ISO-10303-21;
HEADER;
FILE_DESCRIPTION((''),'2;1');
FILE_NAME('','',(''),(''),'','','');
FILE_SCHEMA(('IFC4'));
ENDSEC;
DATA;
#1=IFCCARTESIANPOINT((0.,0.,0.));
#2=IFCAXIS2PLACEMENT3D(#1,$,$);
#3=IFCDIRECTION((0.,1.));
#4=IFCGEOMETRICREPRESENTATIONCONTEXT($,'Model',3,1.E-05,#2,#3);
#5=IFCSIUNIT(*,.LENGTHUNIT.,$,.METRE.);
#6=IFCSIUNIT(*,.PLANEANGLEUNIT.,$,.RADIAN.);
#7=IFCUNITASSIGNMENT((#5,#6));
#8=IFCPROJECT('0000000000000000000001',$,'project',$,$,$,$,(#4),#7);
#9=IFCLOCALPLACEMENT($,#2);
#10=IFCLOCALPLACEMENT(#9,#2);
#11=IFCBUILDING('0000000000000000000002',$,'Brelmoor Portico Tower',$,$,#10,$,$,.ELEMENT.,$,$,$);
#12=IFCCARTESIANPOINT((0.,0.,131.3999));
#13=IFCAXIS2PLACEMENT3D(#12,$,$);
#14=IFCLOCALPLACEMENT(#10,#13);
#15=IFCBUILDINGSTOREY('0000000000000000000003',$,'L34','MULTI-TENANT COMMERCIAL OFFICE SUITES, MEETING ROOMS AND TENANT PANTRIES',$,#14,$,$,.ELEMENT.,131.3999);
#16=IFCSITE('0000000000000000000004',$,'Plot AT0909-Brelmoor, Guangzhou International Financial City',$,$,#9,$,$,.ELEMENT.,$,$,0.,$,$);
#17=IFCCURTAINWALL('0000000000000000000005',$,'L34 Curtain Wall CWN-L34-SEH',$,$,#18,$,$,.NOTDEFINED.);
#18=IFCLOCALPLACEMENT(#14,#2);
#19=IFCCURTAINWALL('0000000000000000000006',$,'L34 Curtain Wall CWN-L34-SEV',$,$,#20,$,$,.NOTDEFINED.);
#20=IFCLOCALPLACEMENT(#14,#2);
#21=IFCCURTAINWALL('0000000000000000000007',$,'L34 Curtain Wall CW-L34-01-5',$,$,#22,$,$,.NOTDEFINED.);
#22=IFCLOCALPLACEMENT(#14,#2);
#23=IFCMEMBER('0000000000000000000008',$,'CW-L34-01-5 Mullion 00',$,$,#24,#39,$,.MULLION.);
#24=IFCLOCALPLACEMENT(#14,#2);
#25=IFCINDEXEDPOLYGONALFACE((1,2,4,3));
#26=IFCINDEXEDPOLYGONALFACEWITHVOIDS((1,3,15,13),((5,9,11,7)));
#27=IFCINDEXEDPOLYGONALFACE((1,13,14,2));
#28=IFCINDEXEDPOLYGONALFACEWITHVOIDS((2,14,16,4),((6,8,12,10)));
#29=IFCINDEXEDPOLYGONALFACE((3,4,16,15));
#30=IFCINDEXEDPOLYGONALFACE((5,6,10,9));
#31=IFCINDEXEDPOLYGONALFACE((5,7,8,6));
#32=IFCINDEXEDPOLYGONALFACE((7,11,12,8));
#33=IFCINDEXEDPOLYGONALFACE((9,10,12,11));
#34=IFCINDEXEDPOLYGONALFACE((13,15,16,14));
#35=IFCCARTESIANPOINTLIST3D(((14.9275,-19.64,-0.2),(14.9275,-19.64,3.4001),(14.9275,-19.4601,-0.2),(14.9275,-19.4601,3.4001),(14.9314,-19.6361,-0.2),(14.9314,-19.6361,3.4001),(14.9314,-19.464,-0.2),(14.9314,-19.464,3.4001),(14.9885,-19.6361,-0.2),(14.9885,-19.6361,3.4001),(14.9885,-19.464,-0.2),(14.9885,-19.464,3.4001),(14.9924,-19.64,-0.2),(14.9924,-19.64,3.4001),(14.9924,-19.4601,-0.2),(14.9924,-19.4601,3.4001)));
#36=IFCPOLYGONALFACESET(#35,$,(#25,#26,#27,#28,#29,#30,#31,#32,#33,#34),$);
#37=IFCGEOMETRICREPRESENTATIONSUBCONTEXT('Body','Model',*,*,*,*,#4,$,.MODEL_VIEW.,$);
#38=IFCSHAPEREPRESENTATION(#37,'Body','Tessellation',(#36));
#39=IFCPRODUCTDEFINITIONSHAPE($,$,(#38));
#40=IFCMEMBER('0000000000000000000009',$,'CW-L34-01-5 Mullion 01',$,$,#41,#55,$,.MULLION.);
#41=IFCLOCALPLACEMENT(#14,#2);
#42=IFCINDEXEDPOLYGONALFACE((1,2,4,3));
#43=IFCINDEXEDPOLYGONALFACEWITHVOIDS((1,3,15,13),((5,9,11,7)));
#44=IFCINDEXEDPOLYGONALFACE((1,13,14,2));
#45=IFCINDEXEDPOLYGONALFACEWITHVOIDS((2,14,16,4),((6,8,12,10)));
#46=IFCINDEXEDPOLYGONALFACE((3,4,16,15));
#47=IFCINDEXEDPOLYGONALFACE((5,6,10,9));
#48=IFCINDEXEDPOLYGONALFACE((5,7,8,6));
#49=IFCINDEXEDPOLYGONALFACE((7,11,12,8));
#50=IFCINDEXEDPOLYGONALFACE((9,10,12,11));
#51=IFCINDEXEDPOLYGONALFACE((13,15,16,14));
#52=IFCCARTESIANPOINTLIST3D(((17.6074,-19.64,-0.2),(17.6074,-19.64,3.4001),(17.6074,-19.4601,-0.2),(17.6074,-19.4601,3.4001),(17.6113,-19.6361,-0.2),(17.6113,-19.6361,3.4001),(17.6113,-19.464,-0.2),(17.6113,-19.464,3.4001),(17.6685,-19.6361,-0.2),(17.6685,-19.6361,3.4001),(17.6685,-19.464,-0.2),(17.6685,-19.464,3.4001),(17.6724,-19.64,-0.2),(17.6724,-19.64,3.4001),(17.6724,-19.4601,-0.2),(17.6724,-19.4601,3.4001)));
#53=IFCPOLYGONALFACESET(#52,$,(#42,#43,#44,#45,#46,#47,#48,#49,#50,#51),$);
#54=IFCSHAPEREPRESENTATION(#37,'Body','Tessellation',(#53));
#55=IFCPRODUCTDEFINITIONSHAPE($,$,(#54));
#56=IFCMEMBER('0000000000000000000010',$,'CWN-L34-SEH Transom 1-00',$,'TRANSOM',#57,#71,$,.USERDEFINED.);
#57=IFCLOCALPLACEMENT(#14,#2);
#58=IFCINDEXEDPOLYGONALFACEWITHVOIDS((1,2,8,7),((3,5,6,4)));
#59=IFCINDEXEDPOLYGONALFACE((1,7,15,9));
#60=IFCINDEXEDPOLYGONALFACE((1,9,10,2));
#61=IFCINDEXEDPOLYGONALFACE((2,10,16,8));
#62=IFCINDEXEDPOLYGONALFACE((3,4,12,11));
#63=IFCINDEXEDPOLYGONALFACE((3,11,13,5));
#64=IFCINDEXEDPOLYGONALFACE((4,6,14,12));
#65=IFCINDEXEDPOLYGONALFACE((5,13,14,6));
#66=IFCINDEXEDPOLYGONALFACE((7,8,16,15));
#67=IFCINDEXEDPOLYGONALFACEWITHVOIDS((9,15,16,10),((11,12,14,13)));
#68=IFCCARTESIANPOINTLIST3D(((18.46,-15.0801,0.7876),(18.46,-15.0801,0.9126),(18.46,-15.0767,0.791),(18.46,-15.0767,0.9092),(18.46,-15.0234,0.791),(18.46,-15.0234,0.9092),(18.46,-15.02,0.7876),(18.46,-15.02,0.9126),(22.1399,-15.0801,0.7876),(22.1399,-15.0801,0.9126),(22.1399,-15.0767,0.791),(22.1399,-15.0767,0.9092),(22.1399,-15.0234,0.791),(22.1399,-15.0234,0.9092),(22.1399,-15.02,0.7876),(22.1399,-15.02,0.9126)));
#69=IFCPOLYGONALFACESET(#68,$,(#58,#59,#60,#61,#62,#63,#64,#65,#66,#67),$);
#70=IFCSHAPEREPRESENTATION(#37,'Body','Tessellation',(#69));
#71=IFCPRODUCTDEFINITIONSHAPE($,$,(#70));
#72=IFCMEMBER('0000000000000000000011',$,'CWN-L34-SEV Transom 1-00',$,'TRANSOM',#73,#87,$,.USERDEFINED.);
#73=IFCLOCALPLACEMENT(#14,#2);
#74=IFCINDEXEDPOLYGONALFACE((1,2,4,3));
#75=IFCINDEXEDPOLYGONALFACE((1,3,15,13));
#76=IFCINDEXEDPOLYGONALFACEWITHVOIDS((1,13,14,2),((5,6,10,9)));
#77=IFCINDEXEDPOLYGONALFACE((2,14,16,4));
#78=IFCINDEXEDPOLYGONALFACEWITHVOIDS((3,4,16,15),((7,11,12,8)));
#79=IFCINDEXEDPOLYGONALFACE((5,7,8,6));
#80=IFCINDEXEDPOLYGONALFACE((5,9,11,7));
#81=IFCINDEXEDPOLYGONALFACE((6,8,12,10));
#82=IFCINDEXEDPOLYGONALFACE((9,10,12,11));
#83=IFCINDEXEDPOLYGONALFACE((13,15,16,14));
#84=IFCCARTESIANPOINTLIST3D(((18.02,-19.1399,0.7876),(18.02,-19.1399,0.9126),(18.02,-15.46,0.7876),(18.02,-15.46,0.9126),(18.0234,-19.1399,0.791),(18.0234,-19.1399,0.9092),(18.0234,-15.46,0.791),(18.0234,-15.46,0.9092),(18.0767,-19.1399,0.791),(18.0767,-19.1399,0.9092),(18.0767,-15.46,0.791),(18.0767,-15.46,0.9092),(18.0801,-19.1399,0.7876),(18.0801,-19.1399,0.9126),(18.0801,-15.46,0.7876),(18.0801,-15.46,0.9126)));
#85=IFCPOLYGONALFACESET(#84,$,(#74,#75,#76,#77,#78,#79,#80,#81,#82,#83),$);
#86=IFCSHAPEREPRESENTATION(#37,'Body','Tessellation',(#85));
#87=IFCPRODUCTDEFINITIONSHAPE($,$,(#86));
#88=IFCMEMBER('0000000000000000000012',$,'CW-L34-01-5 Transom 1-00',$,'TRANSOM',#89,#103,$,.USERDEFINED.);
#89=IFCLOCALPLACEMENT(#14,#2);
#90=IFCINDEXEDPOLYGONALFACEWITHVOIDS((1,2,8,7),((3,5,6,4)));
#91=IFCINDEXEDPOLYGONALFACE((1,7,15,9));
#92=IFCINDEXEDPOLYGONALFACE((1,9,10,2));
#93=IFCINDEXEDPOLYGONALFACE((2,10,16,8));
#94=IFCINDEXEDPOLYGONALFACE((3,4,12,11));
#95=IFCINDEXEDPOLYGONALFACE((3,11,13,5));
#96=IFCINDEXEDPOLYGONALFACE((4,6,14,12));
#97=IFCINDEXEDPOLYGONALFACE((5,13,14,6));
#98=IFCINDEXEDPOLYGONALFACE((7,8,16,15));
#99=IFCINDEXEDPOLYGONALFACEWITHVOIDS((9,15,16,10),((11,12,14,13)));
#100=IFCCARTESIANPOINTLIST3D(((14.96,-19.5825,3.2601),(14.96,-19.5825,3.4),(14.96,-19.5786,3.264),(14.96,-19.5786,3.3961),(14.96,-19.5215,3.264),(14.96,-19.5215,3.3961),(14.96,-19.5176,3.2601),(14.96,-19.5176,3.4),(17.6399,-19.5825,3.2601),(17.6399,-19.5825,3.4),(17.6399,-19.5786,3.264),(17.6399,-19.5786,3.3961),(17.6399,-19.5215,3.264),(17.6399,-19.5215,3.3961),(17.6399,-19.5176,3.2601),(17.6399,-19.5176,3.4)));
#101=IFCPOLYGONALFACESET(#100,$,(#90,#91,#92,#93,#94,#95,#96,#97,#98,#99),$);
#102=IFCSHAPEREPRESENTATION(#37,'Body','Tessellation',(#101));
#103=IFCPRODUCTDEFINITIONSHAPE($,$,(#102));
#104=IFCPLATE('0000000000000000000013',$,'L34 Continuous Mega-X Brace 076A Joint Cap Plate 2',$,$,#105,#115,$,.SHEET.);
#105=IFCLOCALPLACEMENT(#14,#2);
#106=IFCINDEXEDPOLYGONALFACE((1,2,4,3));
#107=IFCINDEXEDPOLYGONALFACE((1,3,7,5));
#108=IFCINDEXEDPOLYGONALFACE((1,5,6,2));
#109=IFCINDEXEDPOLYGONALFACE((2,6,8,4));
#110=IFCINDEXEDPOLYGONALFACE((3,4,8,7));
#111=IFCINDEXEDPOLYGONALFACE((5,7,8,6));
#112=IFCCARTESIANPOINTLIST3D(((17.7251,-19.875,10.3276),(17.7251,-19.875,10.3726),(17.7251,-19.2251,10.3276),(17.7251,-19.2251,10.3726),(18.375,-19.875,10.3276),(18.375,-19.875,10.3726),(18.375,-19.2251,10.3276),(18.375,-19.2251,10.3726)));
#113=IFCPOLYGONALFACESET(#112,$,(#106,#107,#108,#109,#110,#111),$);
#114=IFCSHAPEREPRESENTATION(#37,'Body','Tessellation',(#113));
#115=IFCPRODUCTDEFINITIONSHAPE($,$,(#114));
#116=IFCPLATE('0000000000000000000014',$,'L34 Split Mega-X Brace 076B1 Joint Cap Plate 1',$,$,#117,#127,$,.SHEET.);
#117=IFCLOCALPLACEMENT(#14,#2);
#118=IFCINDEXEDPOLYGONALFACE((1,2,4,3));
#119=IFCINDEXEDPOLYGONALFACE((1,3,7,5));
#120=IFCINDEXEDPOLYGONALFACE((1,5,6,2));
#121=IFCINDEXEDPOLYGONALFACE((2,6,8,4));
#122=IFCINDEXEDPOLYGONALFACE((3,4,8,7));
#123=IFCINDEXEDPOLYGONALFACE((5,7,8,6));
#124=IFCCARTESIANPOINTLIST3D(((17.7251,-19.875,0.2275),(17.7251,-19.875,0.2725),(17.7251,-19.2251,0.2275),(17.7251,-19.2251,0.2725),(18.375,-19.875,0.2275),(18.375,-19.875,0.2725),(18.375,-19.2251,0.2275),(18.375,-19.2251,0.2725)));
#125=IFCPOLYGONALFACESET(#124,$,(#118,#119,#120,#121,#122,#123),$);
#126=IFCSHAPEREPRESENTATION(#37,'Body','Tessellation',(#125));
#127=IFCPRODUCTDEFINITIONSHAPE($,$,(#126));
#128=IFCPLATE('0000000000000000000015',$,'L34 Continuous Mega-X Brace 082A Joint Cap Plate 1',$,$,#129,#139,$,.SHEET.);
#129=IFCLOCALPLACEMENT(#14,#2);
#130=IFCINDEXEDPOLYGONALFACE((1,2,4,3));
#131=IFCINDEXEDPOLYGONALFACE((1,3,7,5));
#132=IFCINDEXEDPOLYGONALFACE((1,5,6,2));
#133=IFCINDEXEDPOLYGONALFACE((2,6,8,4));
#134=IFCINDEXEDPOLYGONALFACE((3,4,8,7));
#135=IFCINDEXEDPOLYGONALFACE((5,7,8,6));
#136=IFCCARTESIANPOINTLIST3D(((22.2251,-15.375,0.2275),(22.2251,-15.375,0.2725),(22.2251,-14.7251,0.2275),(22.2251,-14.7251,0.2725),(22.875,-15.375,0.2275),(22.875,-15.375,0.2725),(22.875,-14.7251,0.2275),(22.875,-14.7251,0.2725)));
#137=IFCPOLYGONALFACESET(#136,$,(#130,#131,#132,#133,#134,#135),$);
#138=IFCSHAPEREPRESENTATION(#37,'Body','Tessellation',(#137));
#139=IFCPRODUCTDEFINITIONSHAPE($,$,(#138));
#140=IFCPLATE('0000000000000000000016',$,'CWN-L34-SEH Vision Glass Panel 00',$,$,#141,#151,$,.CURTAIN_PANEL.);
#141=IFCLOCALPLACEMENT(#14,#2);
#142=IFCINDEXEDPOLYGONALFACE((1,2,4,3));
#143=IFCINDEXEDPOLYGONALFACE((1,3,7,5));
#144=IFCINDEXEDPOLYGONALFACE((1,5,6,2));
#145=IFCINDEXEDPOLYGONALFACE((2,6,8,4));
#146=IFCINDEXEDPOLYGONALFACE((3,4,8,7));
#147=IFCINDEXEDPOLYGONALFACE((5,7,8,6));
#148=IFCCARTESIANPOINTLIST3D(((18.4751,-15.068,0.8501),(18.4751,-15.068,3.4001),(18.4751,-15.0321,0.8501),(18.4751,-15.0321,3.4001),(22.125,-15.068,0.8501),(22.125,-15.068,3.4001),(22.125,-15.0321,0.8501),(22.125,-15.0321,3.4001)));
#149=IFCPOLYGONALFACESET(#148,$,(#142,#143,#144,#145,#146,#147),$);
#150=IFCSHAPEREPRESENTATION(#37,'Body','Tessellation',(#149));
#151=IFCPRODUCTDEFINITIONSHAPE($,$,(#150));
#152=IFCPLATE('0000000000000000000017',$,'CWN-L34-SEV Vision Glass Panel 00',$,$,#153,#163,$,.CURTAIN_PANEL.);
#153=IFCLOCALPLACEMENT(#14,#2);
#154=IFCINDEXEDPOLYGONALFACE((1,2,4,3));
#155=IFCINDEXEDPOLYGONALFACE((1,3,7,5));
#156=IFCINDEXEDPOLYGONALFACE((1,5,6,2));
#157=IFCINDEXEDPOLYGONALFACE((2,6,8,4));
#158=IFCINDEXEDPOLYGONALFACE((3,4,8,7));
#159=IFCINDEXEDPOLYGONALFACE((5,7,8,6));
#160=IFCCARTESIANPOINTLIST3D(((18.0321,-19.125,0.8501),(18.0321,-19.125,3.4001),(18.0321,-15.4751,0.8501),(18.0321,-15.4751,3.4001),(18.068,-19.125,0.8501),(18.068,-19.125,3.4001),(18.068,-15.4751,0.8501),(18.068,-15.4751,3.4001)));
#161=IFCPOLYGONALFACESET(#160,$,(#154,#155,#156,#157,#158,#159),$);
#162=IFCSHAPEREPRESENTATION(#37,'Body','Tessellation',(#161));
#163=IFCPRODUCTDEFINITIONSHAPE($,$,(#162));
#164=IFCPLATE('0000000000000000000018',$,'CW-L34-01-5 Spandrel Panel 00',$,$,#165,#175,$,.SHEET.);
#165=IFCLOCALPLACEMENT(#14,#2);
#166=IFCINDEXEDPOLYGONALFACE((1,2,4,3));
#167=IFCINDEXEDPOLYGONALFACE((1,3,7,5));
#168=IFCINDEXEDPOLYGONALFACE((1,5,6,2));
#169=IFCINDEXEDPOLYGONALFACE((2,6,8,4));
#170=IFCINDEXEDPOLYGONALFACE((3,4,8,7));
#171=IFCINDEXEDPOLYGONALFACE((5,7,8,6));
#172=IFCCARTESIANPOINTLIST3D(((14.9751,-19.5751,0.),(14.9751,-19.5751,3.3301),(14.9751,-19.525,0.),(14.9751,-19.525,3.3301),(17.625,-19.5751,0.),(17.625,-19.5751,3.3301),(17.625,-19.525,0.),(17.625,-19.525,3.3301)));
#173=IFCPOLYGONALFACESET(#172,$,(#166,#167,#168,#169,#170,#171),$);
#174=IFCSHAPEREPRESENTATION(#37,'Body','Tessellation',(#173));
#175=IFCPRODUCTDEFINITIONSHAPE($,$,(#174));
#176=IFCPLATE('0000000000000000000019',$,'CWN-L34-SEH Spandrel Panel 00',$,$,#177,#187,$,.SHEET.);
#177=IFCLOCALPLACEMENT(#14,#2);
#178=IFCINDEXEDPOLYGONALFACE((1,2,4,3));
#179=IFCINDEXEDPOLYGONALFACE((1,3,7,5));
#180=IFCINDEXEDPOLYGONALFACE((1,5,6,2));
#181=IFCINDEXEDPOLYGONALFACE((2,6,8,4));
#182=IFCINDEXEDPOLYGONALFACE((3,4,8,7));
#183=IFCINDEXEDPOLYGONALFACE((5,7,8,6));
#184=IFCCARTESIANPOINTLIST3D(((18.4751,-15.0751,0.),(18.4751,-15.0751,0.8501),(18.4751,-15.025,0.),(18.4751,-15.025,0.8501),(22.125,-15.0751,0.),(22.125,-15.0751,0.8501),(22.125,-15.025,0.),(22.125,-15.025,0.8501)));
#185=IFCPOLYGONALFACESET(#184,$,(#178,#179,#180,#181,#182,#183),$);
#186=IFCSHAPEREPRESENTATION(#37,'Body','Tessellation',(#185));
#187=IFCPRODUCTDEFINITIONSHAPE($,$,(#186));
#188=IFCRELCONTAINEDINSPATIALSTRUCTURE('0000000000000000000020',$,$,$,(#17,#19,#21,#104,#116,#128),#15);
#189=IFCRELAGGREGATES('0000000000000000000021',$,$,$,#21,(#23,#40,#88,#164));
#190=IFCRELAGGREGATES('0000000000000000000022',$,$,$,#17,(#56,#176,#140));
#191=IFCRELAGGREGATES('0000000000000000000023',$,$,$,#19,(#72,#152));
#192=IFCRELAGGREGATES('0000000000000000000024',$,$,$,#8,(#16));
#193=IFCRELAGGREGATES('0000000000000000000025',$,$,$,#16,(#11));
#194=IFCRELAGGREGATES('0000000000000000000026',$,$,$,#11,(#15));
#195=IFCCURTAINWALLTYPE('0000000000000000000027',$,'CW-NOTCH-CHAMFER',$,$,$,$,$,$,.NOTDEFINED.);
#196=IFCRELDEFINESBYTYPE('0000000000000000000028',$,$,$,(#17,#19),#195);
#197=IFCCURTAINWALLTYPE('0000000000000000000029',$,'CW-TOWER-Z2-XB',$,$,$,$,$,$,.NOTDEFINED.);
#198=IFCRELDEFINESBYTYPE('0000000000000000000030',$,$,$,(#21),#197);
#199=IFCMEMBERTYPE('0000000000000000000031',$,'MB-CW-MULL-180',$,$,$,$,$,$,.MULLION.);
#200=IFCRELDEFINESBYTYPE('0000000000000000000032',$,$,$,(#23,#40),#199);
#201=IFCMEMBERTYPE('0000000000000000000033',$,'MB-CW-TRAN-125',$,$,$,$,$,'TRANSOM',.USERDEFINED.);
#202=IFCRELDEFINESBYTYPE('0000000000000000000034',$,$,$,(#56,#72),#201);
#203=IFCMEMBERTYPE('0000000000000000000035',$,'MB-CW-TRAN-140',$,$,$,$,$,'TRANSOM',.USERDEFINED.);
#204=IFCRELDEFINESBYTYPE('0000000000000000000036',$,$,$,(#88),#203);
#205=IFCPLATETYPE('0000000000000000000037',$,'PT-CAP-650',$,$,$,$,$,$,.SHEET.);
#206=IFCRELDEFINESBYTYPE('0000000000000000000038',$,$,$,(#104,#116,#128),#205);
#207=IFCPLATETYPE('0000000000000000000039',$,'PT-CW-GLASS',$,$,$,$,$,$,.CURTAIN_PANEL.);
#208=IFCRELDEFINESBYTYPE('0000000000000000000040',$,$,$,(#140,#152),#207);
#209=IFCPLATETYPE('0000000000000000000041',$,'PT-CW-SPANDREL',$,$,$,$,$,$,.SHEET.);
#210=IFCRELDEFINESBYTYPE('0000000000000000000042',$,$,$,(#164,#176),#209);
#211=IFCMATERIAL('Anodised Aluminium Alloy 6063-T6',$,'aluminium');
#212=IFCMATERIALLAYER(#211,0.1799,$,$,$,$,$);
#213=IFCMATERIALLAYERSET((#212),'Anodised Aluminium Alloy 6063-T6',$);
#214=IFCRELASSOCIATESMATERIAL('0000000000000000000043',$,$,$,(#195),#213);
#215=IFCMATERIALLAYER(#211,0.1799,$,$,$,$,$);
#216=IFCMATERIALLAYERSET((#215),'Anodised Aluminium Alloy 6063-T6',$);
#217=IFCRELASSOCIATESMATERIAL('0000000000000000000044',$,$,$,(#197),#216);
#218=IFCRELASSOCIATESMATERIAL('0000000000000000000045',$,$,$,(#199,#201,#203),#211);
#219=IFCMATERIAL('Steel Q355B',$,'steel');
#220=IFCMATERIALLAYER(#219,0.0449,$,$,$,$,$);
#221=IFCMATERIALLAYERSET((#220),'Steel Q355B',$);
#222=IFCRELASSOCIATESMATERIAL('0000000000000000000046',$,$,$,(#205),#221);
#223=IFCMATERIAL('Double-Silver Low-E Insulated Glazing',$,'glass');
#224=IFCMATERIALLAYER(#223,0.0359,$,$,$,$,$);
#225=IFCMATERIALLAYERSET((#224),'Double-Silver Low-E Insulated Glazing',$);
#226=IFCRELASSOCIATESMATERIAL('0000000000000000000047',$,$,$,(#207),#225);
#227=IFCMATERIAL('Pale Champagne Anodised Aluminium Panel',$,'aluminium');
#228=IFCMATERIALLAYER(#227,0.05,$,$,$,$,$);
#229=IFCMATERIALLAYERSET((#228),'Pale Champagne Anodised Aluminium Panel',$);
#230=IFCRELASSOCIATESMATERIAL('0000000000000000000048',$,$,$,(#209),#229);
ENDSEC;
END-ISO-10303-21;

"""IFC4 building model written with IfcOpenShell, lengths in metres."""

from ifc_helpers import new_model, si_unit, direction, frame, origin, origin_2d, place, context, subcontext, project, spatial, rectangle, hollow_rectangle, extrude, material, layer, layer_set, material_profile, profile_set, type_object, element, aggregate, save


model = new_model("IFC4")

# Units and contexts
model_context = context("Model", 3, precision=1e-05, world=origin(), true_north=direction((0.0, 1.0)))
body_context = subcontext(model_context, "Body", "Model", "MODEL_VIEW")
ifc_project = project(units=[si_unit("LENGTHUNIT", "METRE"), si_unit("PLANEANGLEUNIT", "RADIAN")], contexts=[model_context])

# Site, building, storey
site_placement = place(None, origin())
site = spatial("IfcSite", under=ifc_project, at=site_placement, Name="Plot AT0909-Brelmoor, Guangzhou International Financial City", CompositionType="ELEMENT", RefElevation=0.0)
building_placement = place(site_placement, origin())
building = spatial("IfcBuilding", under=site, at=building_placement, Name="Brelmoor Portico Tower", CompositionType="ELEMENT")
storey_placement = place(building_placement, frame((0.0, 0.0, 131.3999)))
storey = spatial("IfcBuildingStorey", under=building, at=storey_placement, Name="L34", Description="MULTI-TENANT COMMERCIAL OFFICE SUITES, MEETING ROOMS AND TENANT PANTRIES", CompositionType="ELEMENT", Elevation=131.3999)

# Shared definitions
ifc_material_1 = material(Name="Steel Q355B", Category="steel")

# Curtain walls, members
ifc_material_2 = material(Name="Anodised Aluminium Alloy 6063-T6", Category="aluminium")
ifc_layer_1 = layer(ifc_material_2, 0.1799)
ifc_layer_set_1 = layer_set([ifc_layer_1], Name="Anodised Aluminium Alloy 6063-T6")
curtain_wall_type_1 = type_object("IfcCurtainWallType", Name="CW-NOTCH-CHAMFER", PredefinedType="NOTDEFINED", material=ifc_layer_set_1)
curtain_wall_1_placement = place(storey_placement, origin())
curtain_wall_1 = element("IfcCurtainWall", 1, at=curtain_wall_1_placement, inside=storey, type_object=curtain_wall_type_1, Name="L34 Curtain Wall CWN-L34-SEH", PredefinedType="NOTDEFINED")
curtain_wall_2_placement = place(storey_placement, origin())
curtain_wall_2 = element("IfcCurtainWall", 2, at=curtain_wall_2_placement, inside=storey, type_object=curtain_wall_type_1, Name="L34 Curtain Wall CWN-L34-SEV", PredefinedType="NOTDEFINED")
ifc_layer_2 = layer(ifc_material_2, 0.1799)
ifc_layer_set_2 = layer_set([ifc_layer_2], Name="Anodised Aluminium Alloy 6063-T6")
curtain_wall_type_2 = type_object("IfcCurtainWallType", Name="CW-TOWER-Z2-XB", PredefinedType="NOTDEFINED", material=ifc_layer_set_2)
curtain_wall_3_placement = place(storey_placement, origin())
curtain_wall_3 = element("IfcCurtainWall", 3, at=curtain_wall_3_placement, inside=storey, type_object=curtain_wall_type_2, Name="L34 Curtain Wall CW-L34-01-5", PredefinedType="NOTDEFINED")
ifc_material_profile_1 = material_profile(ifc_material_2, hollow_rectangle(XDim=0.0649, YDim=0.1799, WallThickness=0.0039, at=origin_2d()), Name="ALU MULLION 65x180")
ifc_profile_set_1 = profile_set([ifc_material_profile_1], Name="Anodised Aluminium Alloy 6063-T6")
member_type_1 = type_object("IfcMemberType", Name="MB-CW-MULL-180", PredefinedType="MULLION", material=ifc_profile_set_1)
member_1_placement = place(storey_placement, frame((14.96, -19.55, -0.2), z_axis=(0.0, 0.0, 1.0), x_axis=(1.0, 0.0, 0.0)))
member_1 = element("IfcMember", 4, at=member_1_placement, type_object=member_type_1, Name="CW-L34-01-5 Mullion 00", PredefinedType="MULLION", context=body_context, shape_type="SweptSolid", body=[
    extrude(hollow_rectangle(XDim=0.0649, YDim=0.1799, WallThickness=0.0039, at=origin_2d()), origin(), (0.0, 0.0, 1.0), 3.6001),
])
member_2_placement = place(storey_placement, frame((17.6399, -19.55, -0.2), z_axis=(0.0, 0.0, 1.0), x_axis=(1.0, 0.0, 0.0)))
member_2 = element("IfcMember", 5, at=member_2_placement, type_object=member_type_1, Name="CW-L34-01-5 Mullion 01", PredefinedType="MULLION", context=body_context, shape_type="SweptSolid", body=[
    extrude(hollow_rectangle(XDim=0.0649, YDim=0.1799, WallThickness=0.0039, at=origin_2d()), origin(), (0.0, 0.0, 1.0), 3.6001),
])

# Members
ifc_material_profile_2 = material_profile(ifc_material_2, hollow_rectangle(XDim=0.0601, YDim=0.125, WallThickness=0.0034, at=origin_2d()), Name="ALU TRANSOM 60x125")
ifc_profile_set_2 = profile_set([ifc_material_profile_2], Name="Anodised Aluminium Alloy 6063-T6")
member_type_2 = type_object("IfcMemberType", Name="MB-CW-TRAN-125", ElementType="TRANSOM", PredefinedType="USERDEFINED", material=ifc_profile_set_2)
member_3_placement = place(storey_placement, frame((18.46, -15.05, 0.8501), z_axis=(1.0, 0.0, 0.0), x_axis=(0.0, 1.0, 0.0)))
member_3 = element("IfcMember", 6, at=member_3_placement, type_object=member_type_2, Name="CWN-L34-SEH Transom 1-00", ObjectType="TRANSOM", PredefinedType="USERDEFINED", context=body_context, shape_type="SweptSolid", body=[
    extrude(hollow_rectangle(XDim=0.0601, YDim=0.125, WallThickness=0.0034, at=origin_2d()), origin(), (0.0, 0.0, 1.0), 3.6799),
])
member_4_placement = place(storey_placement, frame((18.05, -19.1399, 0.8501), z_axis=(0.0, 1.0, 0.0), x_axis=(-1.0, 0.0, 0.0)))
member_4 = element("IfcMember", 7, at=member_4_placement, type_object=member_type_2, Name="CWN-L34-SEV Transom 1-00", ObjectType="TRANSOM", PredefinedType="USERDEFINED", context=body_context, shape_type="SweptSolid", body=[
    extrude(hollow_rectangle(XDim=0.0601, YDim=0.125, WallThickness=0.0034, at=origin_2d()), origin(), (0.0, 0.0, 1.0), 3.6799),
])
ifc_material_profile_3 = material_profile(ifc_material_2, hollow_rectangle(XDim=0.0649, YDim=0.1399, WallThickness=0.0039, at=origin_2d()), Name="ALU TRANSOM 65x140")
ifc_profile_set_3 = profile_set([ifc_material_profile_3], Name="Anodised Aluminium Alloy 6063-T6")
member_type_3 = type_object("IfcMemberType", Name="MB-CW-TRAN-140", ElementType="TRANSOM", PredefinedType="USERDEFINED", material=ifc_profile_set_3)
member_5_placement = place(storey_placement, frame((14.96, -19.55, 3.3301), z_axis=(1.0, 0.0, 0.0), x_axis=(0.0, 1.0, 0.0)))
member_5 = element("IfcMember", 8, at=member_5_placement, type_object=member_type_3, Name="CW-L34-01-5 Transom 1-00", ObjectType="TRANSOM", PredefinedType="USERDEFINED", context=body_context, shape_type="SweptSolid", body=[
    extrude(hollow_rectangle(XDim=0.0649, YDim=0.1399, WallThickness=0.0039, at=origin_2d()), origin(), (0.0, 0.0, 1.0), 2.6799),
])

# Plates
ifc_layer_3 = layer(ifc_material_1, 0.0449)
ifc_layer_set_3 = layer_set([ifc_layer_3], Name="Steel Q355B")
plate_type_1 = type_object("IfcPlateType", Name="PT-CAP-650", PredefinedType="SHEET", material=ifc_layer_set_3)
for number, where, z_axis, x_axis, name in (
    (9, (18.05, -19.55, 10.3276), (0.0, 0.0, 1.0), (1.0, 0.0, 0.0), "L34 Continuous Mega-X Brace 076A Joint Cap Plate 2"),
    (10, (18.05, -19.55, 0.2275), (0.0, 0.0, 1.0), (1.0, 0.0, 0.0), "L34 Split Mega-X Brace 076B1 Joint Cap Plate 1"),
    (11, (22.55, -15.05, 0.2275), (0.0, 0.0, 1.0), (1.0, 0.0, 0.0), "L34 Continuous Mega-X Brace 082A Joint Cap Plate 1"),
):
    element("IfcPlate", number, at=place(storey_placement, frame(where, z_axis=z_axis, x_axis=x_axis)), inside=storey, type_object=plate_type_1, Name=name, PredefinedType="SHEET", context=body_context, shape_type="SweptSolid", body=[
        extrude(rectangle(XDim=0.6499, YDim=0.6499, at=origin_2d()), origin(), (0.0, 0.0, 1.0), 0.0449),
    ])

# Plates
ifc_material_3 = material(Name="Double-Silver Low-E Insulated Glazing", Category="glass")
ifc_layer_4 = layer(ifc_material_3, 0.0359)
ifc_layer_set_4 = layer_set([ifc_layer_4], Name="Double-Silver Low-E Insulated Glazing")
plate_type_2 = type_object("IfcPlateType", Name="PT-CW-GLASS", PredefinedType="CURTAIN_PANEL", material=ifc_layer_set_4)
plate_1_placement = place(storey_placement, frame((20.3, -15.05, 0.8501), z_axis=(0.0, 0.0, 1.0), x_axis=(1.0, 0.0, 0.0)))
plate_1 = element("IfcPlate", 12, at=plate_1_placement, type_object=plate_type_2, Name="CWN-L34-SEH Vision Glass Panel 00", PredefinedType="CURTAIN_PANEL", context=body_context, shape_type="SweptSolid", body=[
    extrude(rectangle(XDim=3.6499, YDim=0.0359, at=origin_2d()), origin(), (0.0, 0.0, 1.0), 2.55),
])
plate_2_placement = place(storey_placement, frame((18.05, -17.3, 0.8501), z_axis=(0.0, 0.0, 1.0), x_axis=(0.0, 1.0, 0.0)))
plate_2 = element("IfcPlate", 13, at=plate_2_placement, type_object=plate_type_2, Name="CWN-L34-SEV Vision Glass Panel 00", PredefinedType="CURTAIN_PANEL", context=body_context, shape_type="SweptSolid", body=[
    extrude(rectangle(XDim=3.6499, YDim=0.0359, at=origin_2d()), origin(), (0.0, 0.0, 1.0), 2.55),
])
ifc_material_4 = material(Name="Pale Champagne Anodised Aluminium Panel", Category="aluminium")
ifc_layer_5 = layer(ifc_material_4, 0.05)
ifc_layer_set_5 = layer_set([ifc_layer_5], Name="Pale Champagne Anodised Aluminium Panel")
plate_type_3 = type_object("IfcPlateType", Name="PT-CW-SPANDREL", PredefinedType="SHEET", material=ifc_layer_set_5)
plate_3_placement = place(storey_placement, frame((16.3, -19.55, 0.0), z_axis=(0.0, 0.0, 1.0), x_axis=(1.0, 0.0, 0.0)))
plate_3 = element("IfcPlate", 14, at=plate_3_placement, type_object=plate_type_3, Name="CW-L34-01-5 Spandrel Panel 00", PredefinedType="SHEET", context=body_context, shape_type="SweptSolid", body=[
    extrude(rectangle(XDim=2.6499, YDim=0.05, at=origin_2d()), origin(), (0.0, 0.0, 1.0), 3.3301),
])
aggregate(curtain_wall_3, [member_1, member_2, member_5, plate_3])
plate_4_placement = place(storey_placement, frame((20.3, -15.05, 0.0), z_axis=(0.0, 0.0, 1.0), x_axis=(1.0, 0.0, 0.0)))
plate_4 = element("IfcPlate", 15, at=plate_4_placement, type_object=plate_type_3, Name="CWN-L34-SEH Spandrel Panel 00", PredefinedType="SHEET", context=body_context, shape_type="SweptSolid", body=[
    extrude(rectangle(XDim=3.6499, YDim=0.05, at=origin_2d()), origin(), (0.0, 0.0, 1.0), 0.8501),
])
aggregate(curtain_wall_1, [member_3, plate_4, plate_1])
aggregate(curtain_wall_2, [member_4, plate_2])

save(model, "model.ifc")
